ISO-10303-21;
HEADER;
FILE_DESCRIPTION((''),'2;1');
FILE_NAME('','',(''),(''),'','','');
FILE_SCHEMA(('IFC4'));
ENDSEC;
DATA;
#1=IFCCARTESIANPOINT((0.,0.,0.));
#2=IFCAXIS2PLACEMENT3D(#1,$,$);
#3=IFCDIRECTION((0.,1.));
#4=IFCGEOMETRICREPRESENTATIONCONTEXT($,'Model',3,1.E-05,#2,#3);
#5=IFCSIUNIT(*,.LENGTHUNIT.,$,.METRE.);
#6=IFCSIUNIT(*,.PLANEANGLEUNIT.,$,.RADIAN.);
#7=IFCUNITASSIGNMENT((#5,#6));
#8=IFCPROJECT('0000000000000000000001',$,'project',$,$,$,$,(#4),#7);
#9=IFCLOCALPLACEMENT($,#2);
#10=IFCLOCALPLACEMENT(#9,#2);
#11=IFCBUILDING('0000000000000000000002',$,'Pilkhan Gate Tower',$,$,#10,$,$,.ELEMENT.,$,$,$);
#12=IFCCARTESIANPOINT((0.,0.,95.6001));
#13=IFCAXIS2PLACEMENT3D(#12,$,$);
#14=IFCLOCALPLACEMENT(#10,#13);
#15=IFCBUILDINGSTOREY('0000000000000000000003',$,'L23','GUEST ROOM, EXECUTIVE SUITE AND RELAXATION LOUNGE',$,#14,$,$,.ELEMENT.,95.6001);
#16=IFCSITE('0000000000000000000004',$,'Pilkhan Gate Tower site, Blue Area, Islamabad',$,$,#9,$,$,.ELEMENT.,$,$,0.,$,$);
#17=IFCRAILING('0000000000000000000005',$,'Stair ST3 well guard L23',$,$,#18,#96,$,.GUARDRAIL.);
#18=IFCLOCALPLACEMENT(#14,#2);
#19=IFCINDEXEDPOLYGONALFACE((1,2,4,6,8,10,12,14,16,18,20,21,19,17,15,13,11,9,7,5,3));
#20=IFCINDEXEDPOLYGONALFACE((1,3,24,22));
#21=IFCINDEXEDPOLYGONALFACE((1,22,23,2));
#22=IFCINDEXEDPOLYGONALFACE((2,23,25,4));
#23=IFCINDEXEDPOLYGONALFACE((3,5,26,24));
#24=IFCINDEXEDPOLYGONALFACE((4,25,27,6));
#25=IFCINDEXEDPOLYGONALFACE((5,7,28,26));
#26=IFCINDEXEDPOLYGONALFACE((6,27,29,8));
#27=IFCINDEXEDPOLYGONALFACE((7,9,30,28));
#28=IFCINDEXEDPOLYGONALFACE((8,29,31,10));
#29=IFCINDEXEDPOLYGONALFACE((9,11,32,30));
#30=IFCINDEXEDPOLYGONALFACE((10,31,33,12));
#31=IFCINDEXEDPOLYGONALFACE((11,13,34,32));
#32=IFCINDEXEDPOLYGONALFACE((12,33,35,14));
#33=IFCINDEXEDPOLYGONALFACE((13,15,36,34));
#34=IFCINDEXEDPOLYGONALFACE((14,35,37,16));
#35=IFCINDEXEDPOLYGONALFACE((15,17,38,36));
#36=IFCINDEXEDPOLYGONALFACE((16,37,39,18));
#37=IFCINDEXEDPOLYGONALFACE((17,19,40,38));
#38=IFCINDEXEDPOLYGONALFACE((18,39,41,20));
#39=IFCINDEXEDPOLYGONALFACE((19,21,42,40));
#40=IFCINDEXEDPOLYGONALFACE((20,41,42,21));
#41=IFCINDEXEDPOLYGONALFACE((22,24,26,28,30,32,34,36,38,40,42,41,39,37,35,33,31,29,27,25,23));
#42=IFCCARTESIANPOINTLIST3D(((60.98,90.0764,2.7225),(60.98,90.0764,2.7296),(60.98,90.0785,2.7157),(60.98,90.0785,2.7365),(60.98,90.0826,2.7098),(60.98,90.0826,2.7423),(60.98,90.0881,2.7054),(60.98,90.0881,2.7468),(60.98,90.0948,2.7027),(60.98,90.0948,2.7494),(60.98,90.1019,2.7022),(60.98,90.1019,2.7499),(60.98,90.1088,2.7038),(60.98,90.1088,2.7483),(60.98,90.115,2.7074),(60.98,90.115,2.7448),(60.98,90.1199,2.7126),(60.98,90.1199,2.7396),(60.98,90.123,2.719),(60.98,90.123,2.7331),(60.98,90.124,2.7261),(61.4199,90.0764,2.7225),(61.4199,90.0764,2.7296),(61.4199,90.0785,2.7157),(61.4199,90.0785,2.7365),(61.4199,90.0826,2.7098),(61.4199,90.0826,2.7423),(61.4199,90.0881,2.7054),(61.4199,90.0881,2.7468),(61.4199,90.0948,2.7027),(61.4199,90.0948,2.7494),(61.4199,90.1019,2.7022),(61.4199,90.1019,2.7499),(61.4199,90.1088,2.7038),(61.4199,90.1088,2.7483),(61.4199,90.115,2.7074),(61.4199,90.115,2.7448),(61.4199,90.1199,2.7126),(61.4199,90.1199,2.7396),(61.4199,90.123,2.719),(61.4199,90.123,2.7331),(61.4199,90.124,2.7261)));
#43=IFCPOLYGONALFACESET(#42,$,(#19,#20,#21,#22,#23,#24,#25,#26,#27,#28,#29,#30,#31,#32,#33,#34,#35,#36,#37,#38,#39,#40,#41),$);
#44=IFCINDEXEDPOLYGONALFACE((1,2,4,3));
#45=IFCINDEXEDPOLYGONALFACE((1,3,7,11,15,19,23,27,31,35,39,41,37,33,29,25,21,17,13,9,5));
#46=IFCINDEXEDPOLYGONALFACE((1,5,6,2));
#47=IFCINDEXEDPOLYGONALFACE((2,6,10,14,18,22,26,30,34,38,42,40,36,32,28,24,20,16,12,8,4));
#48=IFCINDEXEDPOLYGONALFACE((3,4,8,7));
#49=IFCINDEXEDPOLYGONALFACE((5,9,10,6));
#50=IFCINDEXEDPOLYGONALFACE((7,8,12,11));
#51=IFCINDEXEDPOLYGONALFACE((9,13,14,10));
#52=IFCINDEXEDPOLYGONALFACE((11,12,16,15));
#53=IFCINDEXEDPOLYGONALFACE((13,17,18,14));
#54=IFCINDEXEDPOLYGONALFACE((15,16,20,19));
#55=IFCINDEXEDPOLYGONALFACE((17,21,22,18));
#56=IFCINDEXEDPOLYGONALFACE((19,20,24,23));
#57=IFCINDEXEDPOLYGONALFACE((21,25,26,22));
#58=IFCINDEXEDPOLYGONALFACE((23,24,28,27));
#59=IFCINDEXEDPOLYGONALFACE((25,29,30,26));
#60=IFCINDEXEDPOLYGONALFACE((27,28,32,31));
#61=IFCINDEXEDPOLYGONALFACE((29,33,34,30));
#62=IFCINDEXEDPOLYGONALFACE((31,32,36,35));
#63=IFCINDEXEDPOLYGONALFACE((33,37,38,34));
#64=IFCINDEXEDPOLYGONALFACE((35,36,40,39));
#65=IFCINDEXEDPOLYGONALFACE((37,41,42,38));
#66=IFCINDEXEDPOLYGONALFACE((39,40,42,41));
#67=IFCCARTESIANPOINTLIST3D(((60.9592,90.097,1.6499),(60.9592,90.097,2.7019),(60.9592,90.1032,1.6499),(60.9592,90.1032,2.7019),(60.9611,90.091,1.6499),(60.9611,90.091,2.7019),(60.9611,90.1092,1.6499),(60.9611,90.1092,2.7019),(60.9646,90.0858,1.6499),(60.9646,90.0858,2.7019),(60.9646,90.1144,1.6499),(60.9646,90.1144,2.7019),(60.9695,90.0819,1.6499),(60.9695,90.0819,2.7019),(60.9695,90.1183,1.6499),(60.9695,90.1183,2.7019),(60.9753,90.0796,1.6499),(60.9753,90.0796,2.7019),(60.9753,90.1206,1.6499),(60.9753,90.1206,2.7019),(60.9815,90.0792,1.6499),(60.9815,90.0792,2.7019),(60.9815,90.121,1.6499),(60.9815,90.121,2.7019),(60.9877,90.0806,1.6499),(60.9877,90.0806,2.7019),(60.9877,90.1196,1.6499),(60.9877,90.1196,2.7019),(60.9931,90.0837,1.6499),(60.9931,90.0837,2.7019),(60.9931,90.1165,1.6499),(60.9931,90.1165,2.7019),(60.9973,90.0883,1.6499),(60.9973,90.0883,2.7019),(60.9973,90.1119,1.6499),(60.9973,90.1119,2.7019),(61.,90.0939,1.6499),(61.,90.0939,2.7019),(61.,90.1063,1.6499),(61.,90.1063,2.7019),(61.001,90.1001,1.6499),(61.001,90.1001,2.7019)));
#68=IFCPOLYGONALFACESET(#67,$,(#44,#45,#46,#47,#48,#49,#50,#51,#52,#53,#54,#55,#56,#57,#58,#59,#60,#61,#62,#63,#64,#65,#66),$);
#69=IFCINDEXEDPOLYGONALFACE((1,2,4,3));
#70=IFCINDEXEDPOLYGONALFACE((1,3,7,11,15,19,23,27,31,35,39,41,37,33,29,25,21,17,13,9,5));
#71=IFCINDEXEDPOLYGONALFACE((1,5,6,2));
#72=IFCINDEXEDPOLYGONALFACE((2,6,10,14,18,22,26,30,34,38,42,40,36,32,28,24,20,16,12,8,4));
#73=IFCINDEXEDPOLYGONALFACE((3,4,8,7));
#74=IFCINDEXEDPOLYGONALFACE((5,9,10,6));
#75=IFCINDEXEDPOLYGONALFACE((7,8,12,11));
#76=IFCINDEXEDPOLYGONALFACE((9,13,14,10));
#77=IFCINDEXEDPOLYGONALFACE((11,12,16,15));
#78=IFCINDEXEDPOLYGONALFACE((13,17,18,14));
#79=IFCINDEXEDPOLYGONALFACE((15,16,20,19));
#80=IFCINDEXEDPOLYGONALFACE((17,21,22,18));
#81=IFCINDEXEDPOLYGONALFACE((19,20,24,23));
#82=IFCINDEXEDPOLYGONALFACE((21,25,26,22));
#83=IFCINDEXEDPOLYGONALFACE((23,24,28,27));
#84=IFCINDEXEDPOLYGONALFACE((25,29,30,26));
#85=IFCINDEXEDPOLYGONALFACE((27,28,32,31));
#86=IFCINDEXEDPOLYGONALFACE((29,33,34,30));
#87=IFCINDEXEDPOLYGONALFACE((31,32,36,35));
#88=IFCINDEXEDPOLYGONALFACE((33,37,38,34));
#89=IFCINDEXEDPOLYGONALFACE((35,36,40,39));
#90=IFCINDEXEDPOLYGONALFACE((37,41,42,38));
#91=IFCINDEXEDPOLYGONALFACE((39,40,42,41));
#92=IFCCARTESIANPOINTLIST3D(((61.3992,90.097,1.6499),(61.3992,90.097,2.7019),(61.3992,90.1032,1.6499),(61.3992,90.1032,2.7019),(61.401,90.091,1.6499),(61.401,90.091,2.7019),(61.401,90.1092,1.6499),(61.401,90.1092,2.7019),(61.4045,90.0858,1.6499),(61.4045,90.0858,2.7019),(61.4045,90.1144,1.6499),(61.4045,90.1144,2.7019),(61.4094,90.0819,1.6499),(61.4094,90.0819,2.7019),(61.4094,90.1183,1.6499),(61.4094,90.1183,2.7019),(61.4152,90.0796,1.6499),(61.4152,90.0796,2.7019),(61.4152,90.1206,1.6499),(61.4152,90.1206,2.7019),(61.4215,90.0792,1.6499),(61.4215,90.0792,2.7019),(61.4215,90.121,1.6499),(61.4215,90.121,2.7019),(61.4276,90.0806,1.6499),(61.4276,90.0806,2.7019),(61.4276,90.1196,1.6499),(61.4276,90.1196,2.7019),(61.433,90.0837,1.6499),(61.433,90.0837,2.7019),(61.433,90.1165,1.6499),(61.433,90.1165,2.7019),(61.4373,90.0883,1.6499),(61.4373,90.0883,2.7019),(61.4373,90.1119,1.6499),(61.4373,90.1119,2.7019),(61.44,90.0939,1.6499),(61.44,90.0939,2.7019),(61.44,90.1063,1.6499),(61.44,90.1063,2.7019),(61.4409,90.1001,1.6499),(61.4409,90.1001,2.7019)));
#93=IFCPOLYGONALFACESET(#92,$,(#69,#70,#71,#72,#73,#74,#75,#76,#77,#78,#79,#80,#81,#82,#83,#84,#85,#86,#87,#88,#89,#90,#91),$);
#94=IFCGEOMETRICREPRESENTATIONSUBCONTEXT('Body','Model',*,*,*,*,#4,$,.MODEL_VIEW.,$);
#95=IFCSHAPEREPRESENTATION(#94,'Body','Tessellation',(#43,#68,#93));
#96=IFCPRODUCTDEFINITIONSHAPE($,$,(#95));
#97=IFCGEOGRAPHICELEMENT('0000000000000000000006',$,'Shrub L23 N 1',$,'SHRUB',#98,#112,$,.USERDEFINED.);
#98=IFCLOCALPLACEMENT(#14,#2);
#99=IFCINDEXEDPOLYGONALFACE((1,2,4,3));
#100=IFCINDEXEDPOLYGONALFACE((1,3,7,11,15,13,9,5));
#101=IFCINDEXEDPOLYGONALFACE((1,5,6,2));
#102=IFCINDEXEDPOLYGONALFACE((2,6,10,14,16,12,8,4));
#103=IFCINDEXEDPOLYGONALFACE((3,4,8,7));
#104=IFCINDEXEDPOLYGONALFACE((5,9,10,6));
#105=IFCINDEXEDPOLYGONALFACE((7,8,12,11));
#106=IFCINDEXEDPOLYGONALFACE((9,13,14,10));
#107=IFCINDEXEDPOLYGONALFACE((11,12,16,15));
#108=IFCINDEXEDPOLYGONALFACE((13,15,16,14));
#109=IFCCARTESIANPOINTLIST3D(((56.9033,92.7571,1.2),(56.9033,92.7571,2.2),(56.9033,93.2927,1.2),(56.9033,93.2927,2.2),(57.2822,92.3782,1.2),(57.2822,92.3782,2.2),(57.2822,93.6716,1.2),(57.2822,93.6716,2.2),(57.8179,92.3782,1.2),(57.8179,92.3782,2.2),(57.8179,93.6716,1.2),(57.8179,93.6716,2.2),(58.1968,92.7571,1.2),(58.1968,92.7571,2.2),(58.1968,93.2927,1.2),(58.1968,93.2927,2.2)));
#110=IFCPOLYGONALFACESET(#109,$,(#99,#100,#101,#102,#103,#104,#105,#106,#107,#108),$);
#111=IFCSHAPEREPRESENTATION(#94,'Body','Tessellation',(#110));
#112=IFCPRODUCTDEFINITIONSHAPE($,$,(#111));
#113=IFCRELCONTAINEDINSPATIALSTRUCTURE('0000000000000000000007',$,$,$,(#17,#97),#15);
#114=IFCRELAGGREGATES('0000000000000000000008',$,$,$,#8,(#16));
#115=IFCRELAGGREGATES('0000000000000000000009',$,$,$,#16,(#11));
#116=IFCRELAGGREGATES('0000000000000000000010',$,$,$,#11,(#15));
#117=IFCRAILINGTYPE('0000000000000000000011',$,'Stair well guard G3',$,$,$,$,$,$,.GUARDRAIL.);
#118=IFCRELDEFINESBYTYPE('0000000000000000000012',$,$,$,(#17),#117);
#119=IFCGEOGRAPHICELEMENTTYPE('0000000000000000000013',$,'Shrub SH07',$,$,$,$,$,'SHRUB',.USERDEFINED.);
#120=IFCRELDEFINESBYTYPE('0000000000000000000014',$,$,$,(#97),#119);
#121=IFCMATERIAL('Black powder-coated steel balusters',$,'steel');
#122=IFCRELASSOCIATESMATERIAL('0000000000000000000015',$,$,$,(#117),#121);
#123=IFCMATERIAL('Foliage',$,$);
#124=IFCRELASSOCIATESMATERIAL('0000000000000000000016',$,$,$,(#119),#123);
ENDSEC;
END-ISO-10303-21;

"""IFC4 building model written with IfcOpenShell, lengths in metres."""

from ifc_helpers import new_model, si_unit, direction, frame, origin, origin_2d, place, context, subcontext, project, spatial, polyline, circle, outline, extrude, material, material_profile, profile_set, type_object, element, save


model = new_model("IFC4")

# Units and contexts
model_context = context("Model", 3, precision=1e-05, world=origin(), true_north=direction((0.0, 1.0)))
body_context = subcontext(model_context, "Body", "Model", "MODEL_VIEW")
ifc_project = project(units=[si_unit("LENGTHUNIT", "METRE"), si_unit("PLANEANGLEUNIT", "RADIAN")], contexts=[model_context])

# Site, building, storey
site_placement = place(None, origin())
site = spatial("IfcSite", under=ifc_project, at=site_placement, Name="Pilkhan Gate Tower site, Blue Area, Islamabad", CompositionType="ELEMENT", RefElevation=0.0)
building_placement = place(site_placement, origin())
building = spatial("IfcBuilding", under=site, at=building_placement, Name="Pilkhan Gate Tower", CompositionType="ELEMENT")
storey_placement = place(building_placement, frame((0.0, 0.0, 95.6001)))
storey = spatial("IfcBuildingStorey", under=building, at=storey_placement, Name="L23", Description="GUEST ROOM, EXECUTIVE SUITE AND RELAXATION LOUNGE", CompositionType="ELEMENT", Elevation=95.6001)

# Railing
ifc_material_1 = material(Name="Black powder-coated steel balusters", Category="steel")
railing_type_1 = type_object("IfcRailingType", Name="Stair well guard G3", PredefinedType="GUARDRAIL", material=ifc_material_1)
railing_1_placement = place(storey_placement, frame((60.98, 90.1001, 1.6499)))
element("IfcRailing", 1, at=railing_1_placement, inside=storey, type_object=railing_type_1, Name="Stair ST3 well guard L23", PredefinedType="GUARDRAIL", context=body_context, shape_type="SweptSolid", body=[
    extrude(circle(Radius=0.0239, at=origin_2d()), frame((0.0, 0.0, 1.0762), z_axis=(1.0, 0.0, 0.0), x_axis=(0.0, 1.0, 0.0)), (0.0, 0.0, 1.0), 0.4399),
    extrude(circle(Radius=0.021, at=origin_2d()), origin(), (0.0, 0.0, 1.0), 1.052),
    extrude(circle(Radius=0.021, at=origin_2d()), frame((0.4399, 0.0, 0.0)), (0.0, 0.0, 1.0), 1.052),
])

# Geographic element
ifc_material_2 = material(Name="Foliage")
ifc_material_profile_1 = material_profile(ifc_material_2, outline(polyline([(0.6467, 0.2678), (0.2678, 0.6467), (-0.2678, 0.6467), (-0.6467, 0.2678), (-0.6467, -0.2678), (-0.2678, -0.6467), (0.2678, -0.6467), (0.6467, -0.2678), (0.6467, 0.2678)])), Name="Shrub D1.4")
ifc_profile_set_1 = profile_set([ifc_material_profile_1], Name="Foliage")
geographic_element_type = type_object("IfcGeographicElementType", Name="Shrub SH07", ElementType="SHRUB", PredefinedType="USERDEFINED", material=ifc_profile_set_1)
geographic_element_placement = place(storey_placement, frame((57.55, 93.0249, 1.2), z_axis=(0.0, 0.0, 1.0), x_axis=(1.0, 0.0, 0.0)))
element("IfcGeographicElement", 2, at=geographic_element_placement, inside=storey, type_object=geographic_element_type, Name="Shrub L23 N 1", ObjectType="SHRUB", PredefinedType="USERDEFINED", context=body_context, shape_type="SweptSolid", body=[
    extrude(outline(polyline([(0.6467, 0.2678), (0.2678, 0.6467), (-0.2678, 0.6467), (-0.6467, 0.2678), (-0.6467, -0.2678), (-0.2678, -0.6467), (0.2678, -0.6467), (0.6467, -0.2678), (0.6467, 0.2678)])), origin(), (0.0, 0.0, 1.0), 1.0),
])

save(model, "model.ifc")
